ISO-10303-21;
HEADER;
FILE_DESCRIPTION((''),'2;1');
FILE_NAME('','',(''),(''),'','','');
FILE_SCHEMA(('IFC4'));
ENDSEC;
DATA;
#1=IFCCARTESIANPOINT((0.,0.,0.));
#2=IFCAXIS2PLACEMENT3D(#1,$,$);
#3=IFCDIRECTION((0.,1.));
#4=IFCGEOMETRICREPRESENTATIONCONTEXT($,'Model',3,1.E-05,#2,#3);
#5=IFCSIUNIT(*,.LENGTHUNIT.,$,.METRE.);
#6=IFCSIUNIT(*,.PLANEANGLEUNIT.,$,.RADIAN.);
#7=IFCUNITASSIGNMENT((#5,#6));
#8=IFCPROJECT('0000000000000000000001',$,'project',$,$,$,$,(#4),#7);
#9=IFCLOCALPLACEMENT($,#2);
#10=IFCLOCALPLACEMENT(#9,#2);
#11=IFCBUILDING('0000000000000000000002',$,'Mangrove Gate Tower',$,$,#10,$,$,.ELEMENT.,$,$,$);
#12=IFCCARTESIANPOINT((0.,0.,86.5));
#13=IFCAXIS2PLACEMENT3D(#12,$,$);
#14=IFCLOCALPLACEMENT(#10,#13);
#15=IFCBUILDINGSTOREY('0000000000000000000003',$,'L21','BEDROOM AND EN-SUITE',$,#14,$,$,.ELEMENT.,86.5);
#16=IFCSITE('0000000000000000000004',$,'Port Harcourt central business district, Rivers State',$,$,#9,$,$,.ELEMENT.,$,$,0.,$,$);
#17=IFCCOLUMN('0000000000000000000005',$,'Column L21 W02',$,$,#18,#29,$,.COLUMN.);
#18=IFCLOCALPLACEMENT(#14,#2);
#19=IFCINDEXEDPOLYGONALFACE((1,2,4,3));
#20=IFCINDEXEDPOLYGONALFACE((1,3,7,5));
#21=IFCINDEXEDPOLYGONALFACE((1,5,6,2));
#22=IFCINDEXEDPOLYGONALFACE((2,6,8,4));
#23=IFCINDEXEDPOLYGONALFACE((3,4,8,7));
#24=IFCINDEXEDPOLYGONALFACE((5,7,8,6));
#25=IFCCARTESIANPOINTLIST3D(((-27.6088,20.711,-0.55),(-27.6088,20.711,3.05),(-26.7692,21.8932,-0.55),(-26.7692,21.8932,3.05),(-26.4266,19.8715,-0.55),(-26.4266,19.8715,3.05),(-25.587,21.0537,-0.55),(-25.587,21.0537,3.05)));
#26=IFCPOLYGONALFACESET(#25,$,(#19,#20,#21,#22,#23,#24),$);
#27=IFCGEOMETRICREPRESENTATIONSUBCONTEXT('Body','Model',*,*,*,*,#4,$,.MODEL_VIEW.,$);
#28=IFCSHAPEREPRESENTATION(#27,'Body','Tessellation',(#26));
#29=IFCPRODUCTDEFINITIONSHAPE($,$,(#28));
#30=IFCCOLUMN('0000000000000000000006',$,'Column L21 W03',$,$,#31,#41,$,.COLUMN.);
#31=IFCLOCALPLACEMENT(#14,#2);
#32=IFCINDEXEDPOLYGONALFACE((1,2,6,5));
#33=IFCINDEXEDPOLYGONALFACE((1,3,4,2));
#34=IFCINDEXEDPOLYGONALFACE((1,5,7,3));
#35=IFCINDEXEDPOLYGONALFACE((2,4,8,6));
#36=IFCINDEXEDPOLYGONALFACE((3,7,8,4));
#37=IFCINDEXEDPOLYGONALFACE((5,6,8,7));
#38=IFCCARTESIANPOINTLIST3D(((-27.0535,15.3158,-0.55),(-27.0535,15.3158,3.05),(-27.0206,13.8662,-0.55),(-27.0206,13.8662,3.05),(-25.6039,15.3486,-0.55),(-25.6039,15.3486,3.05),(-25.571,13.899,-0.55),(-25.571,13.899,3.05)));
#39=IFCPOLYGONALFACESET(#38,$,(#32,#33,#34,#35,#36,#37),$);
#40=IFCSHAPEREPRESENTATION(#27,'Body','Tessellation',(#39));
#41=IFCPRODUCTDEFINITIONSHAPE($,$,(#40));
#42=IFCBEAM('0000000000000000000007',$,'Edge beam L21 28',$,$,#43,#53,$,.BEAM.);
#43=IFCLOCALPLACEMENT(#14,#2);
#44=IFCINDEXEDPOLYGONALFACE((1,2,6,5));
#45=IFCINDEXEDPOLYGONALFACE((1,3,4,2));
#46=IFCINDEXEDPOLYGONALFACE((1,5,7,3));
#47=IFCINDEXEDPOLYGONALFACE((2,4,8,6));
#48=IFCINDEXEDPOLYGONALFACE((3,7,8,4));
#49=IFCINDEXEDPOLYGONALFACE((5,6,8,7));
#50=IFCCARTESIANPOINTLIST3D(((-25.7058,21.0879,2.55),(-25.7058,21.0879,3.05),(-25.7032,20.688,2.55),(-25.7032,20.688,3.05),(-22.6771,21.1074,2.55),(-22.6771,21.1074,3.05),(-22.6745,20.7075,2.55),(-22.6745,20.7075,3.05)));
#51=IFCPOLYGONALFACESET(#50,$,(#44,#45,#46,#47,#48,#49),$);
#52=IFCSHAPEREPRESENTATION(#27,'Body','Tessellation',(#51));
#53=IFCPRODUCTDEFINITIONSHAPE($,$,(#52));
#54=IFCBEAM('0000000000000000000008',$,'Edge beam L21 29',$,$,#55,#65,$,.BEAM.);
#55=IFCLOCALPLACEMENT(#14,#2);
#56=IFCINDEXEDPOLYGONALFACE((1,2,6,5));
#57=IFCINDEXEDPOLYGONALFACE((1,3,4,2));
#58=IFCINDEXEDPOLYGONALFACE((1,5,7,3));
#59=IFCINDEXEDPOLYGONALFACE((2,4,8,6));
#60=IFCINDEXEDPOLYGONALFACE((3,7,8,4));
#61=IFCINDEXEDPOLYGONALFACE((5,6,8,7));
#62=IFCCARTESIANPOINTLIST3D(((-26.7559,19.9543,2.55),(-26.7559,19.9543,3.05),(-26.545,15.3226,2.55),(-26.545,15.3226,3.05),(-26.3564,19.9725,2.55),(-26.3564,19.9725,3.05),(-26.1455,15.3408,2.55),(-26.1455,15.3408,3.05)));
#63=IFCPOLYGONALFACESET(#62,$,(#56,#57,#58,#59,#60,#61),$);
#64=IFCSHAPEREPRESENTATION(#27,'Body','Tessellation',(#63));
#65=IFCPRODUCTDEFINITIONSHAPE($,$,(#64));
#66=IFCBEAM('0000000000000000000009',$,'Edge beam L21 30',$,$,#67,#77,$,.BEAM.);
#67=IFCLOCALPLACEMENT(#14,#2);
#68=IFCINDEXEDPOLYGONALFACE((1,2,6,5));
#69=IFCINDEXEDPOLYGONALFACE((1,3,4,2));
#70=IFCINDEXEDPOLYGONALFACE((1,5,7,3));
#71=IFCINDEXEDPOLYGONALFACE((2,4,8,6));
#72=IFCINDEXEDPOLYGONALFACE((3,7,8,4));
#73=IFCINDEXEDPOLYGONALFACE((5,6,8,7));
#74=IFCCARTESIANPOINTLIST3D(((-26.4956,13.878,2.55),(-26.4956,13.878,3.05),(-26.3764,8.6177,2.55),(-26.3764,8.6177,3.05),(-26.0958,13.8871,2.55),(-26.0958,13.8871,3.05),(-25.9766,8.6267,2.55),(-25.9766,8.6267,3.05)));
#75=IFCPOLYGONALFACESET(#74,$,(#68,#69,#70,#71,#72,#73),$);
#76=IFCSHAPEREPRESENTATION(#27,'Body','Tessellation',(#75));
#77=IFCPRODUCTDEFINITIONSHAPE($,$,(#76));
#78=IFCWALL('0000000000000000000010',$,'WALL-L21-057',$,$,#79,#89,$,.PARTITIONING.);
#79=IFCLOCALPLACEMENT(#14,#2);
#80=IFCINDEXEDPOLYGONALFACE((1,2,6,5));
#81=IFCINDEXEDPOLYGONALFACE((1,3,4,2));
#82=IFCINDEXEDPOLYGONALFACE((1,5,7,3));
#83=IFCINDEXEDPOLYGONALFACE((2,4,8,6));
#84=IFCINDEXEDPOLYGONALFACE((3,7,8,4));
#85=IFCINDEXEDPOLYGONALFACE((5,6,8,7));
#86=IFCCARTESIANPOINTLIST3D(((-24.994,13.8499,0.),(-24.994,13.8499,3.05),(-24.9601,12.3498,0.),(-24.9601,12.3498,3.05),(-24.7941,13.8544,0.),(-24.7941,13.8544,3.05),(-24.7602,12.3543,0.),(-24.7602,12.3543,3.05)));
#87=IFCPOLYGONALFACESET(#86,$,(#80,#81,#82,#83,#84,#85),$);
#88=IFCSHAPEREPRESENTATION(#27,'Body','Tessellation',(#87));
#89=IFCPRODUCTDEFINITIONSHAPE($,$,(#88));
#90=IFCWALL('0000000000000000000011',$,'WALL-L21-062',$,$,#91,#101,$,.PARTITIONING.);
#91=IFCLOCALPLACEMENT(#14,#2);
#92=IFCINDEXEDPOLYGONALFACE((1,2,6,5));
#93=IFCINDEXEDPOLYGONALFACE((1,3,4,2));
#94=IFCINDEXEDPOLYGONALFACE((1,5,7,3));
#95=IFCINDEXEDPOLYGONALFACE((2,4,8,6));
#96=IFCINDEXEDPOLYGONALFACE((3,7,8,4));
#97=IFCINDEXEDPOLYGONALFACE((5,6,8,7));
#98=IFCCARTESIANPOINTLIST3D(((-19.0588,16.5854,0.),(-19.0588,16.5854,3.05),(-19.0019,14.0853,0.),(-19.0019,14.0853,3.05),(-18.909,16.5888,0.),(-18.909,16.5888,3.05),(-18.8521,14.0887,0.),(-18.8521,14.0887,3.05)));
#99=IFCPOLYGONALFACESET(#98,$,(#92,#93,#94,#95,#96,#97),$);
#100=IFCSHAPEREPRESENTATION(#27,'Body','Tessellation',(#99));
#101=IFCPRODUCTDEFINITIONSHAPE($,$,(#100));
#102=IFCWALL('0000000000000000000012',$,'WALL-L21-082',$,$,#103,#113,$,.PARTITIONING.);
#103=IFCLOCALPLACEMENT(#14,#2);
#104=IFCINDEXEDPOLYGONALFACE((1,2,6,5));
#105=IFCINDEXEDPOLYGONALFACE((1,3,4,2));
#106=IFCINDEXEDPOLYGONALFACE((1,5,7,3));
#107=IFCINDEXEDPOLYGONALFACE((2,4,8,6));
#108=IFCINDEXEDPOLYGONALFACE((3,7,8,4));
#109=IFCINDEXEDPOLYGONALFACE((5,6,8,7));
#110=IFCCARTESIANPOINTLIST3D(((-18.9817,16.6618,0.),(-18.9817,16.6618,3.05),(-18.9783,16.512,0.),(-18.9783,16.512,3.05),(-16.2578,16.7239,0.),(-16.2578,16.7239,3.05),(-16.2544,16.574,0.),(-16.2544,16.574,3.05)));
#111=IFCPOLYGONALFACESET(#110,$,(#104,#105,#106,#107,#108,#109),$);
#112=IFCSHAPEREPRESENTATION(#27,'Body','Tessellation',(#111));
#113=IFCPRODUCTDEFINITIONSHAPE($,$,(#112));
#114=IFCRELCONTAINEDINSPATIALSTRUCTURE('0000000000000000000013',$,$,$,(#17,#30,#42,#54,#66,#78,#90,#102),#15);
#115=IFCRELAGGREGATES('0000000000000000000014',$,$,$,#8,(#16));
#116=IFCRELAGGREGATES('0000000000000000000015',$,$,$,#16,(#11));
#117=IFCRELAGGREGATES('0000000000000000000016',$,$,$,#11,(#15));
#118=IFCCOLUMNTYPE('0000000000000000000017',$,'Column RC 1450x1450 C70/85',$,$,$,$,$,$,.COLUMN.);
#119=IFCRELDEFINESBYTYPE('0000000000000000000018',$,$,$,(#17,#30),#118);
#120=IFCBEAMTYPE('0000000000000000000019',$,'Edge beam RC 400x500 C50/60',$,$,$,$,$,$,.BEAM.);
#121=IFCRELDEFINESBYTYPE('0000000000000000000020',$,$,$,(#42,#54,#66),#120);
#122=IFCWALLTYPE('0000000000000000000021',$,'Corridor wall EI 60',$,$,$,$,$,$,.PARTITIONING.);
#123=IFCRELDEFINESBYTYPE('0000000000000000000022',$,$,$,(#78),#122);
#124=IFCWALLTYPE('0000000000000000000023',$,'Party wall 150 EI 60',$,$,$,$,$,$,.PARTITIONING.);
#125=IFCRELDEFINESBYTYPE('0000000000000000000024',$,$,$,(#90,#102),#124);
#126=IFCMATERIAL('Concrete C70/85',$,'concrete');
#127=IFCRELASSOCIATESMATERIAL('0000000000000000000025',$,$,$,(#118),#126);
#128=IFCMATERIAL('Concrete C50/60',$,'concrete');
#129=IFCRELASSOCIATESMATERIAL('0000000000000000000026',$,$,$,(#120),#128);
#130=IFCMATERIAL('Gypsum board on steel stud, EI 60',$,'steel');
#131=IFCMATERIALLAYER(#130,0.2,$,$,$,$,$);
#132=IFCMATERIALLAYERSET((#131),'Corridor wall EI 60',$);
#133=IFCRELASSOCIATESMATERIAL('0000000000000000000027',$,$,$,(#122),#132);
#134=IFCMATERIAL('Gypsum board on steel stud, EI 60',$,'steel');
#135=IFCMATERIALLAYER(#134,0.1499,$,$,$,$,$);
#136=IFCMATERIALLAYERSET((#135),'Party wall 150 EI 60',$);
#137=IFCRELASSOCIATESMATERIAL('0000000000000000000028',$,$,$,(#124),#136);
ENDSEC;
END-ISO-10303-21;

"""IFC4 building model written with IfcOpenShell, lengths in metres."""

from ifc_helpers import new_model, si_unit, direction, frame, frame_2d, origin, origin_2d, place, context, subcontext, project, spatial, rectangle, extrude, material, layer, layer_set, material_profile, profile_set, type_object, element, save


model = new_model("IFC4")

# Units and contexts
model_context = context("Model", 3, precision=1e-05, world=origin(), true_north=direction((0.0, 1.0)))
body_context = subcontext(model_context, "Body", "Model", "MODEL_VIEW")
ifc_project = project(units=[si_unit("LENGTHUNIT", "METRE"), si_unit("PLANEANGLEUNIT", "RADIAN")], contexts=[model_context])

# Site, building, storey
site_placement = place(None, origin())
site = spatial("IfcSite", under=ifc_project, at=site_placement, Name="Port Harcourt central business district, Rivers State", CompositionType="ELEMENT", RefElevation=0.0)
building_placement = place(site_placement, origin())
building = spatial("IfcBuilding", under=site, at=building_placement, Name="Mangrove Gate Tower", CompositionType="ELEMENT")
storey_placement = place(building_placement, frame((0.0, 0.0, 86.5)))
storey = spatial("IfcBuildingStorey", under=building, at=storey_placement, Name="L21", Description="BEDROOM AND EN-SUITE", CompositionType="ELEMENT", Elevation=86.5)

# Columns
ifc_material_1 = material(Name="Concrete C70/85", Category="concrete")
ifc_material_profile_1 = material_profile(ifc_material_1, rectangle(XDim=1.45, YDim=1.45, at=origin_2d()))
ifc_profile_set_1 = profile_set([ifc_material_profile_1], Name="Concrete C70/85")
column_type = type_object("IfcColumnType", Name="Column RC 1450x1450 C70/85", PredefinedType="COLUMN", material=ifc_profile_set_1)
for number, where, z_axis, x_axis, name in (
    (1, (-26.5979, 20.8823, -0.55), (0.0, 0.0, 1.0), (-0.578998, -0.815329, 0.0), "Column L21 W02"),
    (2, (-26.3123, 14.6074, -0.55), (0.0, 0.0, 1.0), (0.022645, -0.999744, 0.0), "Column L21 W03"),
):
    element("IfcColumn", number, at=place(storey_placement, frame(where, z_axis=z_axis, x_axis=x_axis)), inside=storey, type_object=column_type, Name=name, PredefinedType="COLUMN", context=body_context, shape_type="SweptSolid", body=[
        extrude(rectangle(XDim=1.45, YDim=1.45, at=origin_2d()), origin(), (0.0, 0.0, 1.0), 3.6001),
    ])

# Beams
ifc_material_2 = material(Name="Concrete C50/60", Category="concrete")
ifc_material_profile_2 = material_profile(ifc_material_2, rectangle(XDim=0.3999, YDim=0.5, at=origin_2d()))
ifc_profile_set_2 = profile_set([ifc_material_profile_2], Name="Concrete C50/60")
beam_type = type_object("IfcBeamType", Name="Edge beam RC 400x500 C50/60", PredefinedType="BEAM", material=ifc_profile_set_2)
beam_1_placement = place(storey_placement, frame((-22.6758, 20.9075, 2.8), z_axis=(-0.999979, -0.006448, 0.0), x_axis=(0.006448, -0.999979, 0.0)))
element("IfcBeam", 3, at=beam_1_placement, inside=storey, type_object=beam_type, Name="Edge beam L21 28", PredefinedType="BEAM", context=body_context, shape_type="SweptSolid", body=[
    extrude(rectangle(XDim=0.3999, YDim=0.5, at=origin_2d()), origin(), (0.0, 0.0, 1.0), 3.0288),
])
beam_2_placement = place(storey_placement, frame((-26.5562, 19.9634, 2.8), z_axis=(0.045496, -0.998965, 0.0), x_axis=(0.998965, 0.045496, 0.0)))
element("IfcBeam", 4, at=beam_2_placement, inside=storey, type_object=beam_type, Name="Edge beam L21 29", PredefinedType="BEAM", context=body_context, shape_type="SweptSolid", body=[
    extrude(rectangle(XDim=0.3999, YDim=0.5, at=origin_2d()), origin(), (0.0, 0.0, 1.0), 4.6365),
])
beam_3_placement = place(storey_placement, frame((-26.2957, 13.8826, 2.8), z_axis=(0.022643, -0.999744, 0.0), x_axis=(0.999744, 0.022643, 0.0)))
element("IfcBeam", 5, at=beam_3_placement, inside=storey, type_object=beam_type, Name="Edge beam L21 30", PredefinedType="BEAM", context=body_context, shape_type="SweptSolid", body=[
    extrude(rectangle(XDim=0.3999, YDim=0.5, at=origin_2d()), origin(), (0.0, 0.0, 1.0), 5.2617),
])

# Wall
ifc_material_3 = material(Name="Gypsum board on steel stud, EI 60", Category="steel")
ifc_layer_1 = layer(ifc_material_3, 0.2)
ifc_layer_set_1 = layer_set([ifc_layer_1], Name="Corridor wall EI 60")
wall_type_1 = type_object("IfcWallType", Name="Corridor wall EI 60", PredefinedType="PARTITIONING", material=ifc_layer_set_1)
wall_1_placement = place(storey_placement, frame((-24.8601, 12.3521, 0.0), z_axis=(0.0, 0.0, 1.0), x_axis=(-0.022618, 0.999744, 0.0)))
element("IfcWall", 6, at=wall_1_placement, inside=storey, type_object=wall_type_1, Name="WALL-L21-057", PredefinedType="PARTITIONING", context=body_context, shape_type="SweptSolid", body=[
    extrude(rectangle(XDim=1.5005, YDim=0.2, at=frame_2d((0.7502, 0.0))), origin(), (0.0, 0.0, 1.0), 3.05),
])

# Walls
ifc_material_4 = material(Name="Gypsum board on steel stud, EI 60", Category="steel")
ifc_layer_2 = layer(ifc_material_4, 0.1499)
ifc_layer_set_2 = layer_set([ifc_layer_2], Name="Party wall 150 EI 60")
wall_type_2 = type_object("IfcWallType", Name="Party wall 150 EI 60", PredefinedType="PARTITIONING", material=ifc_layer_set_2)
wall_2_placement = place(storey_placement, frame((-18.927, 14.0869, 0.0), z_axis=(0.0, 0.0, 1.0), x_axis=(-0.022748, 0.999741, 0.0)))
element("IfcWall", 7, at=wall_2_placement, inside=storey, type_object=wall_type_2, Name="WALL-L21-062", PredefinedType="PARTITIONING", context=body_context, shape_type="SweptSolid", body=[
    extrude(rectangle(XDim=2.5007, YDim=0.1499, at=frame_2d((1.2505, 0.0))), origin(), (0.0, 0.0, 1.0), 3.05),
])
wall_3_placement = place(storey_placement, frame((-18.98, 16.5869, 0.0), z_axis=(0.0, 0.0, 1.0), x_axis=(0.999741, 0.02276, 0.0)))
element("IfcWall", 8, at=wall_3_placement, inside=storey, type_object=wall_type_2, Name="WALL-L21-082", PredefinedType="PARTITIONING", context=body_context, shape_type="SweptSolid", body=[
    extrude(rectangle(XDim=2.7246, YDim=0.1499, at=frame_2d((1.3623, 0.0))), origin(), (0.0, 0.0, 1.0), 3.05),
])

save(model, "model.ifc")
